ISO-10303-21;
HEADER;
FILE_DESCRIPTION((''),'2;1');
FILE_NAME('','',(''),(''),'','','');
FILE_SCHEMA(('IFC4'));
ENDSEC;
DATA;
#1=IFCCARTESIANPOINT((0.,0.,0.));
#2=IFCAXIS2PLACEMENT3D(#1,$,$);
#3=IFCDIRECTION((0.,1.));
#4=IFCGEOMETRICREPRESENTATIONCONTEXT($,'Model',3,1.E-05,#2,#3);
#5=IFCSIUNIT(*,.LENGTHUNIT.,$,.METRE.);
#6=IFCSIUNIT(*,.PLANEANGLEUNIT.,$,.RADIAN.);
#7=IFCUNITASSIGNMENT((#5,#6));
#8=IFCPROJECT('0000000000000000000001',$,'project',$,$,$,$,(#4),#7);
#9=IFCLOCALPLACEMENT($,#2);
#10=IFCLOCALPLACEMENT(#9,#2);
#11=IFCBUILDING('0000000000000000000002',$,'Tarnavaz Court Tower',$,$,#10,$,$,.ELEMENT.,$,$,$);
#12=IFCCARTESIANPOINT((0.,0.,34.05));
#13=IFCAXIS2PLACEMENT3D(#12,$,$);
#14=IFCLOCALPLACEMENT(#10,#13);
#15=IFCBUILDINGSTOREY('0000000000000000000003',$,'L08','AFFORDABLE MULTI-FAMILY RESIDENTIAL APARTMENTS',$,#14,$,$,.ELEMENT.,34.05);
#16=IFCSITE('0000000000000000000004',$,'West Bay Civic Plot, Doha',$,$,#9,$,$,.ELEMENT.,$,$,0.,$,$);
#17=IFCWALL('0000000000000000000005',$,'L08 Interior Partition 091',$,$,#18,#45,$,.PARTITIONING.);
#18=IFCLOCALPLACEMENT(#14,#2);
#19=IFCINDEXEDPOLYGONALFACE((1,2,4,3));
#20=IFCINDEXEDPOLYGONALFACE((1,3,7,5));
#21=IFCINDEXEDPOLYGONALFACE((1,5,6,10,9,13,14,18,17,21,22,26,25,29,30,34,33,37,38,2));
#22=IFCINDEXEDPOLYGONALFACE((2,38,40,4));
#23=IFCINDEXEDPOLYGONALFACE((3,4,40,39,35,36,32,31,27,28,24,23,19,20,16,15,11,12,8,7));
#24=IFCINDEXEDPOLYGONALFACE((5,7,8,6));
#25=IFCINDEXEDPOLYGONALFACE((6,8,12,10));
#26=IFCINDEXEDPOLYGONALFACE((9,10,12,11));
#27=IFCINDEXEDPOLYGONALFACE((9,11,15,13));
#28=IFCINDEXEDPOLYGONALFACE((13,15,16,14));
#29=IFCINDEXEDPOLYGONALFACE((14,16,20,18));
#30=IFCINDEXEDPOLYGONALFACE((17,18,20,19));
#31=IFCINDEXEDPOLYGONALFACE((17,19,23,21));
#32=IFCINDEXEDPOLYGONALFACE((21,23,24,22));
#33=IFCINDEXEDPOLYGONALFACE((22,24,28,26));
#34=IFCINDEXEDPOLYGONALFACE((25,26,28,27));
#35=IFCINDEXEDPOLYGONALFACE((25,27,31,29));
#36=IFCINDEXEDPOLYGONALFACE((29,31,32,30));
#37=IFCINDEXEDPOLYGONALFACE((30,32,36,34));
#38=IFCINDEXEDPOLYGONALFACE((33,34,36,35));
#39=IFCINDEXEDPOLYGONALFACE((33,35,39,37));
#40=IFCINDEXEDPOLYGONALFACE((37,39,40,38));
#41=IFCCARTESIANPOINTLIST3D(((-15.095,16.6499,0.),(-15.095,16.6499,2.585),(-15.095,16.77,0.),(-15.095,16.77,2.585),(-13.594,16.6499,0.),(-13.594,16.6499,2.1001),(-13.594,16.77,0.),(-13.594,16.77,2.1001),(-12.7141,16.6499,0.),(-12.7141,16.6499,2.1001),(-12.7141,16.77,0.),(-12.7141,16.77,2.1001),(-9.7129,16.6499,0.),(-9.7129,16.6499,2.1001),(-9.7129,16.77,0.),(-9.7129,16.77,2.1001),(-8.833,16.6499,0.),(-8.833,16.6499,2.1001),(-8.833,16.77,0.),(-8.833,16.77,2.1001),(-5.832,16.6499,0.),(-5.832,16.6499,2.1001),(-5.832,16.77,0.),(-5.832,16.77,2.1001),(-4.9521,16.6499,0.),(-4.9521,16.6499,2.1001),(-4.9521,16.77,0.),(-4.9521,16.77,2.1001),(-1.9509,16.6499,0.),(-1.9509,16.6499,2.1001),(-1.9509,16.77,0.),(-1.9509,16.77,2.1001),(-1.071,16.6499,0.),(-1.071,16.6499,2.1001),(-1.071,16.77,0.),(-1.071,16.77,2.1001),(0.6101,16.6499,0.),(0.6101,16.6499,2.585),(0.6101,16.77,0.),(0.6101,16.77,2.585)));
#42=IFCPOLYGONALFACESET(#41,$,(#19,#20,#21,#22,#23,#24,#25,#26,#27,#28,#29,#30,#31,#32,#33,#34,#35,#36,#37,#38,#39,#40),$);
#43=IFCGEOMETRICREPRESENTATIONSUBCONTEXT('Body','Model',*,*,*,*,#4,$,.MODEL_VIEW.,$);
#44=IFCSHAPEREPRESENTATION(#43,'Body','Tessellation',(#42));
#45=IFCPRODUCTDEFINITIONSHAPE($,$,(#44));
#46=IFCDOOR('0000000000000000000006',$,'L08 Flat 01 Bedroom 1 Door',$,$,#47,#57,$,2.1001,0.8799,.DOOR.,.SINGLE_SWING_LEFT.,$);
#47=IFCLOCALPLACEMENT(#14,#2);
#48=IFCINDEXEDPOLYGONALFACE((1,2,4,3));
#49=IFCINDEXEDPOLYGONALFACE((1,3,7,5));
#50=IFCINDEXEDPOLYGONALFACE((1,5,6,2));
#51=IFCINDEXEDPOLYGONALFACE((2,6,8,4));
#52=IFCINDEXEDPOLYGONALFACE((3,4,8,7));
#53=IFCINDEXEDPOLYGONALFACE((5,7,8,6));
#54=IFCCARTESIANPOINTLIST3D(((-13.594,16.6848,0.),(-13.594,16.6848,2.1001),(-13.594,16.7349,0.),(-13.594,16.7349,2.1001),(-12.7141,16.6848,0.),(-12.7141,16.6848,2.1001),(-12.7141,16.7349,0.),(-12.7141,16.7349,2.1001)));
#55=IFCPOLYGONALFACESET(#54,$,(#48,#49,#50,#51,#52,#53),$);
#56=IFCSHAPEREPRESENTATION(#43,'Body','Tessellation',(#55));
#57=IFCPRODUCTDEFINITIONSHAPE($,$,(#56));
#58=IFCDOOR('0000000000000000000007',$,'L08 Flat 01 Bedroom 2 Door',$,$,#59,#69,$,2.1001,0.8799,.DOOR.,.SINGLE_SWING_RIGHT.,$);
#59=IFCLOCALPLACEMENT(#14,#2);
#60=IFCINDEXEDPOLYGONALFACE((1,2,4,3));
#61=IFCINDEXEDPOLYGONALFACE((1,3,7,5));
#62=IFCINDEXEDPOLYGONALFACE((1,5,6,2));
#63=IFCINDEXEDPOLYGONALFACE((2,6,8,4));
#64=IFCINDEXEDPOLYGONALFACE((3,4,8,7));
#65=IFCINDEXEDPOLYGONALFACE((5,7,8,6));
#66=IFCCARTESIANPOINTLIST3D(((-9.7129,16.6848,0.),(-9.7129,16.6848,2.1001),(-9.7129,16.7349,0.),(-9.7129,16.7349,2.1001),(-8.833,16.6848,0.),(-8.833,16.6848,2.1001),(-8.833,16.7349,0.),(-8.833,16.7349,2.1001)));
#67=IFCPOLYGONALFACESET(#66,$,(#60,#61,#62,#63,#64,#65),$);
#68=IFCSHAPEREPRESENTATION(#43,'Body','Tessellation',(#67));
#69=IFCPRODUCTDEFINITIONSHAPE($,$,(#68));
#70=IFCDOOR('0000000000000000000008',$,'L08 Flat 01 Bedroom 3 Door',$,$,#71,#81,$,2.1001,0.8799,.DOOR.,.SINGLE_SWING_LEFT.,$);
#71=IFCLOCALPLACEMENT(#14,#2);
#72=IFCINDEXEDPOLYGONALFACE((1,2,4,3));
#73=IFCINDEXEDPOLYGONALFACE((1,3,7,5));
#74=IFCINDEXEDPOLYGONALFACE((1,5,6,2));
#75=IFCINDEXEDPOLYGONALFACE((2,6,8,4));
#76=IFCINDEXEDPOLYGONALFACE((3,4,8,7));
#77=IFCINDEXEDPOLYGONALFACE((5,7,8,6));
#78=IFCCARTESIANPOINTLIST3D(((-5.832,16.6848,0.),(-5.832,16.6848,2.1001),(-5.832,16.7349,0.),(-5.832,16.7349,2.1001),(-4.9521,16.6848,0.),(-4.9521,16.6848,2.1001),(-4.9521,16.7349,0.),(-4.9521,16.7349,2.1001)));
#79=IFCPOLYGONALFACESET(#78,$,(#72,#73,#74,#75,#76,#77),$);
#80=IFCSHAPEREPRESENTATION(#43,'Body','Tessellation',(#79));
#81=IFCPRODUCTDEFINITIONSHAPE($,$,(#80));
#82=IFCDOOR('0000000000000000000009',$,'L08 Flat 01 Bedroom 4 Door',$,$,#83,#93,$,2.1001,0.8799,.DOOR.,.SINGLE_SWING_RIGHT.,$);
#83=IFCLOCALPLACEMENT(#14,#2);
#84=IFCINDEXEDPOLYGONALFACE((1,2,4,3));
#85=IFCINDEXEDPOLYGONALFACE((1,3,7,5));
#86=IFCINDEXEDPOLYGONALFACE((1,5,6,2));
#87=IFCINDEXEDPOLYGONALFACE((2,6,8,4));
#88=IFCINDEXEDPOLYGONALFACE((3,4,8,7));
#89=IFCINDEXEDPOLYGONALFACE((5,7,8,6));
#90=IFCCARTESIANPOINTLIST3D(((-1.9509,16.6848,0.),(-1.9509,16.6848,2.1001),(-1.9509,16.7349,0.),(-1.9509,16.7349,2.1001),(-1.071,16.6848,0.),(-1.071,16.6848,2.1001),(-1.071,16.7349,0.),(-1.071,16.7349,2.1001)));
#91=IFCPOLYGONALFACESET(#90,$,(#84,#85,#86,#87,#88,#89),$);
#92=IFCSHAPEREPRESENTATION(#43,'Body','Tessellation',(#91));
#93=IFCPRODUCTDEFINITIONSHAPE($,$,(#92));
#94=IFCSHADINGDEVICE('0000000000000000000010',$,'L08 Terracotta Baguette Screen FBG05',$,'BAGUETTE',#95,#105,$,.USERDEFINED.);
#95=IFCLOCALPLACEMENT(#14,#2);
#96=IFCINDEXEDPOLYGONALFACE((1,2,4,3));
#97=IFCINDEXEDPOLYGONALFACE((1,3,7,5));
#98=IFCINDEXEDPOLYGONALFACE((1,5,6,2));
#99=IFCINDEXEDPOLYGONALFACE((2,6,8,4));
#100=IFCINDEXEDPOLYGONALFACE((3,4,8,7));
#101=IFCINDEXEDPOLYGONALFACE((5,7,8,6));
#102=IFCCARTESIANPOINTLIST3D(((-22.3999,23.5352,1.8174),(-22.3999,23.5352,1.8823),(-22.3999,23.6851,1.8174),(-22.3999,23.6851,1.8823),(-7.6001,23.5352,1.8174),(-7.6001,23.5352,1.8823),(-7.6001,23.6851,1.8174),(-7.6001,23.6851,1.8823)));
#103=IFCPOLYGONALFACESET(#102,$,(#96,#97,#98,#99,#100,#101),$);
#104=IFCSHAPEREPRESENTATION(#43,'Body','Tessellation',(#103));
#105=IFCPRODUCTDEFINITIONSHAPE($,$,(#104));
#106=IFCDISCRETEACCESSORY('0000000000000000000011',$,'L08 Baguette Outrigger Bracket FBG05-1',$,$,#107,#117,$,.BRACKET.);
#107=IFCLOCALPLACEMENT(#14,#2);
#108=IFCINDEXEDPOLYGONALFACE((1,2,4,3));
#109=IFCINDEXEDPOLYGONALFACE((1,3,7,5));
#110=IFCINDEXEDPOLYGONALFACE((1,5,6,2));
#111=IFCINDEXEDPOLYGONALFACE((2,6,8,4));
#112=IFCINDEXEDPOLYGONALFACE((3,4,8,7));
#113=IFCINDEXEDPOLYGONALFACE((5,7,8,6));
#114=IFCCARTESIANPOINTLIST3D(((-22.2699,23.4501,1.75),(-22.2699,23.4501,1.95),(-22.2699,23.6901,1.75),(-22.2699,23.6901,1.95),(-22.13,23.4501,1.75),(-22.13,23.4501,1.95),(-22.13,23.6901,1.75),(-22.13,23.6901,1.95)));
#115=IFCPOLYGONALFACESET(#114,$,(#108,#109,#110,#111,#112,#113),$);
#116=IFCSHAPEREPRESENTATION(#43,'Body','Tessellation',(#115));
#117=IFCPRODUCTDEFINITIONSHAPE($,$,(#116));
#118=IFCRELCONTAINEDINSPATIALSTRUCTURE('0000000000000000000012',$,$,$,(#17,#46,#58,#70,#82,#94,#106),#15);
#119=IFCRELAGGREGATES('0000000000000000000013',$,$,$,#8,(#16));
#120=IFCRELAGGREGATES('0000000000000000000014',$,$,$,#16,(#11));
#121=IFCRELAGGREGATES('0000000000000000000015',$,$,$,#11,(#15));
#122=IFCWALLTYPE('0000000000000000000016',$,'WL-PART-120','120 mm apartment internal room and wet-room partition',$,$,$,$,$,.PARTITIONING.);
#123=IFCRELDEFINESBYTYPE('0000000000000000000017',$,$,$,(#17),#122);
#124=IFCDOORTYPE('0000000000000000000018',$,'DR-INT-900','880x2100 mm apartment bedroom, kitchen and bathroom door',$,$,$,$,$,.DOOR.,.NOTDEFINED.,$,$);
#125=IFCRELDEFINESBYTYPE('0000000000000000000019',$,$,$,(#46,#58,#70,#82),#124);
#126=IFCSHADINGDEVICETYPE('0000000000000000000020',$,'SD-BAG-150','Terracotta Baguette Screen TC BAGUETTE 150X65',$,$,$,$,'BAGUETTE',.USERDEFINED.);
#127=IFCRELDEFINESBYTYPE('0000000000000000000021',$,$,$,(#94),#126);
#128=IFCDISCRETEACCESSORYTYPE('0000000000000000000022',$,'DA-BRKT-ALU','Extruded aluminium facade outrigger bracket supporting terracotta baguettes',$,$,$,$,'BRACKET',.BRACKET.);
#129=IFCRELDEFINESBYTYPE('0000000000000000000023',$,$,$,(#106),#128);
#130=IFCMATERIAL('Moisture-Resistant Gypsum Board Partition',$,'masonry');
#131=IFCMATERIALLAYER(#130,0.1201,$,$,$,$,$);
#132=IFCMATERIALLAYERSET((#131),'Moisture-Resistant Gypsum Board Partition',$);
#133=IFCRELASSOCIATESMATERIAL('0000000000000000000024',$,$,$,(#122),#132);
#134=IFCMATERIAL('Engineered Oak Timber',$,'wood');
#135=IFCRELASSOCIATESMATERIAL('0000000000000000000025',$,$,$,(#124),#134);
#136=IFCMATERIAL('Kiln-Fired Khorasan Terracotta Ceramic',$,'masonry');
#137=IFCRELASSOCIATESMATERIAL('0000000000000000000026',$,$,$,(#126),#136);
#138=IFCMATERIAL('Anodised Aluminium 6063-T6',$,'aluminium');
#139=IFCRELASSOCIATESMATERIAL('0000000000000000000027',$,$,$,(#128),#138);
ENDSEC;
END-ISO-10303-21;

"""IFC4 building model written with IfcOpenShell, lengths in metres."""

from ifc_helpers import new_model, si_unit, direction, frame, frame_2d, origin, origin_2d, place, context, subcontext, project, spatial, rectangle, extrude, material, layer, layer_set, material_profile, profile_set, type_object, element, fill, save


model = new_model("IFC4")

# Units and contexts
model_context = context("Model", 3, precision=1e-05, world=origin(), true_north=direction((0.0, 1.0)))
body_context = subcontext(model_context, "Body", "Model", "MODEL_VIEW")
ifc_project = project(units=[si_unit("LENGTHUNIT", "METRE"), si_unit("PLANEANGLEUNIT", "RADIAN")], contexts=[model_context])

# Site, building, storey
site_placement = place(None, origin())
site = spatial("IfcSite", under=ifc_project, at=site_placement, Name="West Bay Civic Plot, Doha", CompositionType="ELEMENT", RefElevation=0.0)
building_placement = place(site_placement, origin())
building = spatial("IfcBuilding", under=site, at=building_placement, Name="Tarnavaz Court Tower", CompositionType="ELEMENT")
storey_placement = place(building_placement, frame((0.0, 0.0, 34.05)))
storey = spatial("IfcBuildingStorey", under=building, at=storey_placement, Name="L08", Description="AFFORDABLE MULTI-FAMILY RESIDENTIAL APARTMENTS", CompositionType="ELEMENT", Elevation=34.05)

# Shared definitions
ifc_material_1 = material(Name="Moisture-Resistant Gypsum Board Partition", Category="masonry")
ifc_layer = layer(ifc_material_1, 0.1201)
ifc_layer_set = layer_set([ifc_layer], Name="Moisture-Resistant Gypsum Board Partition")
wall_type = type_object("IfcWallType", Name="WL-PART-120", Description="120 mm apartment internal room and wet-room partition", PredefinedType="PARTITIONING", material=ifc_layer_set)
ifc_material_2 = material(Name="Engineered Oak Timber", Category="wood")
door_type = type_object("IfcDoorType", Name="DR-INT-900", Description="880x2100 mm apartment bedroom, kitchen and bathroom door", OperationType="NOTDEFINED", PredefinedType="DOOR", material=ifc_material_2)

# Wall, openings, doors
wall_1_placement = place(storey_placement, frame((-15.095, 16.71, 0.0), z_axis=(0.0, 0.0, 1.0), x_axis=(1.0, 0.0, 0.0)))
wall_1 = element("IfcWall", 1, at=wall_1_placement, inside=storey, type_object=wall_type, Name="L08 Interior Partition 091", PredefinedType="PARTITIONING", context=body_context, shape_type="SweptSolid", body=[
    extrude(rectangle(XDim=15.7051, YDim=0.1201, at=frame_2d((7.8525, 0.0))), origin(), (0.0, 0.0, 1.0), 2.585),
])
opening_1_placement = place(wall_1_placement, frame((1.501, 0.0, 0.0)))
opening_1 = element("IfcOpeningElement", 2, at=opening_1_placement, cuts=wall_1, PredefinedType="OPENING", context=body_context, shape_type="SweptSolid", body=[
    extrude(rectangle(XDim=0.8799, YDim=2.1001, at=frame_2d((0.4399, 1.05))), frame((0.0, 0.0701, 0.0), z_axis=(0.0, -1.0, 0.0), x_axis=(1.0, 0.0, 0.0)), (0.0, 0.0, 1.0), 0.1401),
])
opening_2_placement = place(wall_1_placement, frame((5.3821, 0.0, 0.0)))
opening_2 = element("IfcOpeningElement", 3, at=opening_2_placement, cuts=wall_1, PredefinedType="OPENING", context=body_context, shape_type="SweptSolid", body=[
    extrude(rectangle(XDim=0.8799, YDim=2.1001, at=frame_2d((0.4399, 1.05))), frame((0.0, 0.0701, 0.0), z_axis=(0.0, -1.0, 0.0), x_axis=(1.0, 0.0, 0.0)), (0.0, 0.0, 1.0), 0.1401),
])
opening_3_placement = place(wall_1_placement, frame((9.2629, 0.0, 0.0)))
opening_3 = element("IfcOpeningElement", 4, at=opening_3_placement, cuts=wall_1, PredefinedType="OPENING", context=body_context, shape_type="SweptSolid", body=[
    extrude(rectangle(XDim=0.8799, YDim=2.1001, at=frame_2d((0.4399, 1.05))), frame((0.0, 0.0701, 0.0), z_axis=(0.0, -1.0, 0.0), x_axis=(1.0, 0.0, 0.0)), (0.0, 0.0, 1.0), 0.1401),
])
opening_4_placement = place(wall_1_placement, frame((13.144, 0.0, 0.0)))
opening_4 = element("IfcOpeningElement", 5, at=opening_4_placement, cuts=wall_1, PredefinedType="OPENING", context=body_context, shape_type="SweptSolid", body=[
    extrude(rectangle(XDim=0.8799, YDim=2.1001, at=frame_2d((0.4399, 1.05))), frame((0.0, 0.0701, 0.0), z_axis=(0.0, -1.0, 0.0), x_axis=(1.0, 0.0, 0.0)), (0.0, 0.0, 1.0), 0.1401),
])
door_1_placement = place(opening_1_placement, origin())
door_1 = element("IfcDoor", 6, at=door_1_placement, inside=storey, type_object=door_type, Name="L08 Flat 01 Bedroom 1 Door", OperationType="SINGLE_SWING_LEFT", OverallHeight=2.1001, OverallWidth=0.8799, PredefinedType="DOOR", context=body_context, shape_type="SweptSolid", body=[
    extrude(rectangle(XDim=0.8799, YDim=2.1001, at=frame_2d((0.4399, 1.05))), frame((0.0, 0.0249, 0.0), z_axis=(0.0, -1.0, 0.0), x_axis=(1.0, 0.0, 0.0)), (0.0, 0.0, 1.0), 0.05),
])
fill(opening_1, door_1)
door_2_placement = place(opening_2_placement, origin())
door_2 = element("IfcDoor", 7, at=door_2_placement, inside=storey, type_object=door_type, Name="L08 Flat 01 Bedroom 2 Door", OperationType="SINGLE_SWING_RIGHT", OverallHeight=2.1001, OverallWidth=0.8799, PredefinedType="DOOR", context=body_context, shape_type="SweptSolid", body=[
    extrude(rectangle(XDim=0.8799, YDim=2.1001, at=frame_2d((0.4399, 1.05))), frame((0.0, 0.0249, 0.0), z_axis=(0.0, -1.0, 0.0), x_axis=(1.0, 0.0, 0.0)), (0.0, 0.0, 1.0), 0.05),
])
fill(opening_2, door_2)
door_3_placement = place(opening_3_placement, origin())
door_3 = element("IfcDoor", 8, at=door_3_placement, inside=storey, type_object=door_type, Name="L08 Flat 01 Bedroom 3 Door", OperationType="SINGLE_SWING_LEFT", OverallHeight=2.1001, OverallWidth=0.8799, PredefinedType="DOOR", context=body_context, shape_type="SweptSolid", body=[
    extrude(rectangle(XDim=0.8799, YDim=2.1001, at=frame_2d((0.4399, 1.05))), frame((0.0, 0.0249, 0.0), z_axis=(0.0, -1.0, 0.0), x_axis=(1.0, 0.0, 0.0)), (0.0, 0.0, 1.0), 0.05),
])
fill(opening_3, door_3)
door_4_placement = place(opening_4_placement, origin())
door_4 = element("IfcDoor", 9, at=door_4_placement, inside=storey, type_object=door_type, Name="L08 Flat 01 Bedroom 4 Door", OperationType="SINGLE_SWING_RIGHT", OverallHeight=2.1001, OverallWidth=0.8799, PredefinedType="DOOR", context=body_context, shape_type="SweptSolid", body=[
    extrude(rectangle(XDim=0.8799, YDim=2.1001, at=frame_2d((0.4399, 1.05))), frame((0.0, 0.0249, 0.0), z_axis=(0.0, -1.0, 0.0), x_axis=(1.0, 0.0, 0.0)), (0.0, 0.0, 1.0), 0.05),
])
fill(opening_4, door_4)

# Shading device
ifc_material_3 = material(Name="Kiln-Fired Khorasan Terracotta Ceramic", Category="masonry")
ifc_material_profile_1 = material_profile(ifc_material_3, rectangle(XDim=0.1499, YDim=0.0649, at=origin_2d()), Name="TC BAGUETTE 150X65")
ifc_profile_set_1 = profile_set([ifc_material_profile_1], Name="Kiln-Fired Khorasan Terracotta Ceramic")
shading_device_type = type_object("IfcShadingDeviceType", Name="SD-BAG-150", Description="Terracotta Baguette Screen TC BAGUETTE 150X65", ElementType="BAGUETTE", PredefinedType="USERDEFINED", material=ifc_profile_set_1)
shading_device_placement = place(storey_placement, frame((-22.3999, 23.6101, 1.8499), z_axis=(1.0, 0.0, 0.0), x_axis=(0.0, 1.0, 0.0)))
element("IfcShadingDevice", 10, at=shading_device_placement, inside=storey, type_object=shading_device_type, Name="L08 Terracotta Baguette Screen FBG05", ObjectType="BAGUETTE", PredefinedType="USERDEFINED", context=body_context, shape_type="SweptSolid", body=[
    extrude(rectangle(XDim=0.1499, YDim=0.0649, at=origin_2d()), origin(), (0.0, 0.0, 1.0), 14.7998),
])

# Discrete accessory
ifc_material_4 = material(Name="Anodised Aluminium 6063-T6", Category="aluminium")
discrete_accessory_type = type_object("IfcDiscreteAccessoryType", Name="DA-BRKT-ALU", Description="Extruded aluminium facade outrigger bracket supporting terracotta baguettes", ElementType="BRACKET", PredefinedType="BRACKET", material=ifc_material_4)
discrete_accessory_placement = place(storey_placement, frame((-22.2, 23.5701, 1.75), z_axis=(0.0, 0.0, 1.0), x_axis=(1.0, 0.0, 0.0)))
element("IfcDiscreteAccessory", 11, at=discrete_accessory_placement, inside=storey, type_object=discrete_accessory_type, Name="L08 Baguette Outrigger Bracket FBG05-1", PredefinedType="BRACKET", context=body_context, shape_type="SweptSolid", body=[
    extrude(rectangle(XDim=0.1399, YDim=0.24, at=origin_2d()), origin(), (0.0, 0.0, 1.0), 0.2),
])

save(model, "model.ifc")
